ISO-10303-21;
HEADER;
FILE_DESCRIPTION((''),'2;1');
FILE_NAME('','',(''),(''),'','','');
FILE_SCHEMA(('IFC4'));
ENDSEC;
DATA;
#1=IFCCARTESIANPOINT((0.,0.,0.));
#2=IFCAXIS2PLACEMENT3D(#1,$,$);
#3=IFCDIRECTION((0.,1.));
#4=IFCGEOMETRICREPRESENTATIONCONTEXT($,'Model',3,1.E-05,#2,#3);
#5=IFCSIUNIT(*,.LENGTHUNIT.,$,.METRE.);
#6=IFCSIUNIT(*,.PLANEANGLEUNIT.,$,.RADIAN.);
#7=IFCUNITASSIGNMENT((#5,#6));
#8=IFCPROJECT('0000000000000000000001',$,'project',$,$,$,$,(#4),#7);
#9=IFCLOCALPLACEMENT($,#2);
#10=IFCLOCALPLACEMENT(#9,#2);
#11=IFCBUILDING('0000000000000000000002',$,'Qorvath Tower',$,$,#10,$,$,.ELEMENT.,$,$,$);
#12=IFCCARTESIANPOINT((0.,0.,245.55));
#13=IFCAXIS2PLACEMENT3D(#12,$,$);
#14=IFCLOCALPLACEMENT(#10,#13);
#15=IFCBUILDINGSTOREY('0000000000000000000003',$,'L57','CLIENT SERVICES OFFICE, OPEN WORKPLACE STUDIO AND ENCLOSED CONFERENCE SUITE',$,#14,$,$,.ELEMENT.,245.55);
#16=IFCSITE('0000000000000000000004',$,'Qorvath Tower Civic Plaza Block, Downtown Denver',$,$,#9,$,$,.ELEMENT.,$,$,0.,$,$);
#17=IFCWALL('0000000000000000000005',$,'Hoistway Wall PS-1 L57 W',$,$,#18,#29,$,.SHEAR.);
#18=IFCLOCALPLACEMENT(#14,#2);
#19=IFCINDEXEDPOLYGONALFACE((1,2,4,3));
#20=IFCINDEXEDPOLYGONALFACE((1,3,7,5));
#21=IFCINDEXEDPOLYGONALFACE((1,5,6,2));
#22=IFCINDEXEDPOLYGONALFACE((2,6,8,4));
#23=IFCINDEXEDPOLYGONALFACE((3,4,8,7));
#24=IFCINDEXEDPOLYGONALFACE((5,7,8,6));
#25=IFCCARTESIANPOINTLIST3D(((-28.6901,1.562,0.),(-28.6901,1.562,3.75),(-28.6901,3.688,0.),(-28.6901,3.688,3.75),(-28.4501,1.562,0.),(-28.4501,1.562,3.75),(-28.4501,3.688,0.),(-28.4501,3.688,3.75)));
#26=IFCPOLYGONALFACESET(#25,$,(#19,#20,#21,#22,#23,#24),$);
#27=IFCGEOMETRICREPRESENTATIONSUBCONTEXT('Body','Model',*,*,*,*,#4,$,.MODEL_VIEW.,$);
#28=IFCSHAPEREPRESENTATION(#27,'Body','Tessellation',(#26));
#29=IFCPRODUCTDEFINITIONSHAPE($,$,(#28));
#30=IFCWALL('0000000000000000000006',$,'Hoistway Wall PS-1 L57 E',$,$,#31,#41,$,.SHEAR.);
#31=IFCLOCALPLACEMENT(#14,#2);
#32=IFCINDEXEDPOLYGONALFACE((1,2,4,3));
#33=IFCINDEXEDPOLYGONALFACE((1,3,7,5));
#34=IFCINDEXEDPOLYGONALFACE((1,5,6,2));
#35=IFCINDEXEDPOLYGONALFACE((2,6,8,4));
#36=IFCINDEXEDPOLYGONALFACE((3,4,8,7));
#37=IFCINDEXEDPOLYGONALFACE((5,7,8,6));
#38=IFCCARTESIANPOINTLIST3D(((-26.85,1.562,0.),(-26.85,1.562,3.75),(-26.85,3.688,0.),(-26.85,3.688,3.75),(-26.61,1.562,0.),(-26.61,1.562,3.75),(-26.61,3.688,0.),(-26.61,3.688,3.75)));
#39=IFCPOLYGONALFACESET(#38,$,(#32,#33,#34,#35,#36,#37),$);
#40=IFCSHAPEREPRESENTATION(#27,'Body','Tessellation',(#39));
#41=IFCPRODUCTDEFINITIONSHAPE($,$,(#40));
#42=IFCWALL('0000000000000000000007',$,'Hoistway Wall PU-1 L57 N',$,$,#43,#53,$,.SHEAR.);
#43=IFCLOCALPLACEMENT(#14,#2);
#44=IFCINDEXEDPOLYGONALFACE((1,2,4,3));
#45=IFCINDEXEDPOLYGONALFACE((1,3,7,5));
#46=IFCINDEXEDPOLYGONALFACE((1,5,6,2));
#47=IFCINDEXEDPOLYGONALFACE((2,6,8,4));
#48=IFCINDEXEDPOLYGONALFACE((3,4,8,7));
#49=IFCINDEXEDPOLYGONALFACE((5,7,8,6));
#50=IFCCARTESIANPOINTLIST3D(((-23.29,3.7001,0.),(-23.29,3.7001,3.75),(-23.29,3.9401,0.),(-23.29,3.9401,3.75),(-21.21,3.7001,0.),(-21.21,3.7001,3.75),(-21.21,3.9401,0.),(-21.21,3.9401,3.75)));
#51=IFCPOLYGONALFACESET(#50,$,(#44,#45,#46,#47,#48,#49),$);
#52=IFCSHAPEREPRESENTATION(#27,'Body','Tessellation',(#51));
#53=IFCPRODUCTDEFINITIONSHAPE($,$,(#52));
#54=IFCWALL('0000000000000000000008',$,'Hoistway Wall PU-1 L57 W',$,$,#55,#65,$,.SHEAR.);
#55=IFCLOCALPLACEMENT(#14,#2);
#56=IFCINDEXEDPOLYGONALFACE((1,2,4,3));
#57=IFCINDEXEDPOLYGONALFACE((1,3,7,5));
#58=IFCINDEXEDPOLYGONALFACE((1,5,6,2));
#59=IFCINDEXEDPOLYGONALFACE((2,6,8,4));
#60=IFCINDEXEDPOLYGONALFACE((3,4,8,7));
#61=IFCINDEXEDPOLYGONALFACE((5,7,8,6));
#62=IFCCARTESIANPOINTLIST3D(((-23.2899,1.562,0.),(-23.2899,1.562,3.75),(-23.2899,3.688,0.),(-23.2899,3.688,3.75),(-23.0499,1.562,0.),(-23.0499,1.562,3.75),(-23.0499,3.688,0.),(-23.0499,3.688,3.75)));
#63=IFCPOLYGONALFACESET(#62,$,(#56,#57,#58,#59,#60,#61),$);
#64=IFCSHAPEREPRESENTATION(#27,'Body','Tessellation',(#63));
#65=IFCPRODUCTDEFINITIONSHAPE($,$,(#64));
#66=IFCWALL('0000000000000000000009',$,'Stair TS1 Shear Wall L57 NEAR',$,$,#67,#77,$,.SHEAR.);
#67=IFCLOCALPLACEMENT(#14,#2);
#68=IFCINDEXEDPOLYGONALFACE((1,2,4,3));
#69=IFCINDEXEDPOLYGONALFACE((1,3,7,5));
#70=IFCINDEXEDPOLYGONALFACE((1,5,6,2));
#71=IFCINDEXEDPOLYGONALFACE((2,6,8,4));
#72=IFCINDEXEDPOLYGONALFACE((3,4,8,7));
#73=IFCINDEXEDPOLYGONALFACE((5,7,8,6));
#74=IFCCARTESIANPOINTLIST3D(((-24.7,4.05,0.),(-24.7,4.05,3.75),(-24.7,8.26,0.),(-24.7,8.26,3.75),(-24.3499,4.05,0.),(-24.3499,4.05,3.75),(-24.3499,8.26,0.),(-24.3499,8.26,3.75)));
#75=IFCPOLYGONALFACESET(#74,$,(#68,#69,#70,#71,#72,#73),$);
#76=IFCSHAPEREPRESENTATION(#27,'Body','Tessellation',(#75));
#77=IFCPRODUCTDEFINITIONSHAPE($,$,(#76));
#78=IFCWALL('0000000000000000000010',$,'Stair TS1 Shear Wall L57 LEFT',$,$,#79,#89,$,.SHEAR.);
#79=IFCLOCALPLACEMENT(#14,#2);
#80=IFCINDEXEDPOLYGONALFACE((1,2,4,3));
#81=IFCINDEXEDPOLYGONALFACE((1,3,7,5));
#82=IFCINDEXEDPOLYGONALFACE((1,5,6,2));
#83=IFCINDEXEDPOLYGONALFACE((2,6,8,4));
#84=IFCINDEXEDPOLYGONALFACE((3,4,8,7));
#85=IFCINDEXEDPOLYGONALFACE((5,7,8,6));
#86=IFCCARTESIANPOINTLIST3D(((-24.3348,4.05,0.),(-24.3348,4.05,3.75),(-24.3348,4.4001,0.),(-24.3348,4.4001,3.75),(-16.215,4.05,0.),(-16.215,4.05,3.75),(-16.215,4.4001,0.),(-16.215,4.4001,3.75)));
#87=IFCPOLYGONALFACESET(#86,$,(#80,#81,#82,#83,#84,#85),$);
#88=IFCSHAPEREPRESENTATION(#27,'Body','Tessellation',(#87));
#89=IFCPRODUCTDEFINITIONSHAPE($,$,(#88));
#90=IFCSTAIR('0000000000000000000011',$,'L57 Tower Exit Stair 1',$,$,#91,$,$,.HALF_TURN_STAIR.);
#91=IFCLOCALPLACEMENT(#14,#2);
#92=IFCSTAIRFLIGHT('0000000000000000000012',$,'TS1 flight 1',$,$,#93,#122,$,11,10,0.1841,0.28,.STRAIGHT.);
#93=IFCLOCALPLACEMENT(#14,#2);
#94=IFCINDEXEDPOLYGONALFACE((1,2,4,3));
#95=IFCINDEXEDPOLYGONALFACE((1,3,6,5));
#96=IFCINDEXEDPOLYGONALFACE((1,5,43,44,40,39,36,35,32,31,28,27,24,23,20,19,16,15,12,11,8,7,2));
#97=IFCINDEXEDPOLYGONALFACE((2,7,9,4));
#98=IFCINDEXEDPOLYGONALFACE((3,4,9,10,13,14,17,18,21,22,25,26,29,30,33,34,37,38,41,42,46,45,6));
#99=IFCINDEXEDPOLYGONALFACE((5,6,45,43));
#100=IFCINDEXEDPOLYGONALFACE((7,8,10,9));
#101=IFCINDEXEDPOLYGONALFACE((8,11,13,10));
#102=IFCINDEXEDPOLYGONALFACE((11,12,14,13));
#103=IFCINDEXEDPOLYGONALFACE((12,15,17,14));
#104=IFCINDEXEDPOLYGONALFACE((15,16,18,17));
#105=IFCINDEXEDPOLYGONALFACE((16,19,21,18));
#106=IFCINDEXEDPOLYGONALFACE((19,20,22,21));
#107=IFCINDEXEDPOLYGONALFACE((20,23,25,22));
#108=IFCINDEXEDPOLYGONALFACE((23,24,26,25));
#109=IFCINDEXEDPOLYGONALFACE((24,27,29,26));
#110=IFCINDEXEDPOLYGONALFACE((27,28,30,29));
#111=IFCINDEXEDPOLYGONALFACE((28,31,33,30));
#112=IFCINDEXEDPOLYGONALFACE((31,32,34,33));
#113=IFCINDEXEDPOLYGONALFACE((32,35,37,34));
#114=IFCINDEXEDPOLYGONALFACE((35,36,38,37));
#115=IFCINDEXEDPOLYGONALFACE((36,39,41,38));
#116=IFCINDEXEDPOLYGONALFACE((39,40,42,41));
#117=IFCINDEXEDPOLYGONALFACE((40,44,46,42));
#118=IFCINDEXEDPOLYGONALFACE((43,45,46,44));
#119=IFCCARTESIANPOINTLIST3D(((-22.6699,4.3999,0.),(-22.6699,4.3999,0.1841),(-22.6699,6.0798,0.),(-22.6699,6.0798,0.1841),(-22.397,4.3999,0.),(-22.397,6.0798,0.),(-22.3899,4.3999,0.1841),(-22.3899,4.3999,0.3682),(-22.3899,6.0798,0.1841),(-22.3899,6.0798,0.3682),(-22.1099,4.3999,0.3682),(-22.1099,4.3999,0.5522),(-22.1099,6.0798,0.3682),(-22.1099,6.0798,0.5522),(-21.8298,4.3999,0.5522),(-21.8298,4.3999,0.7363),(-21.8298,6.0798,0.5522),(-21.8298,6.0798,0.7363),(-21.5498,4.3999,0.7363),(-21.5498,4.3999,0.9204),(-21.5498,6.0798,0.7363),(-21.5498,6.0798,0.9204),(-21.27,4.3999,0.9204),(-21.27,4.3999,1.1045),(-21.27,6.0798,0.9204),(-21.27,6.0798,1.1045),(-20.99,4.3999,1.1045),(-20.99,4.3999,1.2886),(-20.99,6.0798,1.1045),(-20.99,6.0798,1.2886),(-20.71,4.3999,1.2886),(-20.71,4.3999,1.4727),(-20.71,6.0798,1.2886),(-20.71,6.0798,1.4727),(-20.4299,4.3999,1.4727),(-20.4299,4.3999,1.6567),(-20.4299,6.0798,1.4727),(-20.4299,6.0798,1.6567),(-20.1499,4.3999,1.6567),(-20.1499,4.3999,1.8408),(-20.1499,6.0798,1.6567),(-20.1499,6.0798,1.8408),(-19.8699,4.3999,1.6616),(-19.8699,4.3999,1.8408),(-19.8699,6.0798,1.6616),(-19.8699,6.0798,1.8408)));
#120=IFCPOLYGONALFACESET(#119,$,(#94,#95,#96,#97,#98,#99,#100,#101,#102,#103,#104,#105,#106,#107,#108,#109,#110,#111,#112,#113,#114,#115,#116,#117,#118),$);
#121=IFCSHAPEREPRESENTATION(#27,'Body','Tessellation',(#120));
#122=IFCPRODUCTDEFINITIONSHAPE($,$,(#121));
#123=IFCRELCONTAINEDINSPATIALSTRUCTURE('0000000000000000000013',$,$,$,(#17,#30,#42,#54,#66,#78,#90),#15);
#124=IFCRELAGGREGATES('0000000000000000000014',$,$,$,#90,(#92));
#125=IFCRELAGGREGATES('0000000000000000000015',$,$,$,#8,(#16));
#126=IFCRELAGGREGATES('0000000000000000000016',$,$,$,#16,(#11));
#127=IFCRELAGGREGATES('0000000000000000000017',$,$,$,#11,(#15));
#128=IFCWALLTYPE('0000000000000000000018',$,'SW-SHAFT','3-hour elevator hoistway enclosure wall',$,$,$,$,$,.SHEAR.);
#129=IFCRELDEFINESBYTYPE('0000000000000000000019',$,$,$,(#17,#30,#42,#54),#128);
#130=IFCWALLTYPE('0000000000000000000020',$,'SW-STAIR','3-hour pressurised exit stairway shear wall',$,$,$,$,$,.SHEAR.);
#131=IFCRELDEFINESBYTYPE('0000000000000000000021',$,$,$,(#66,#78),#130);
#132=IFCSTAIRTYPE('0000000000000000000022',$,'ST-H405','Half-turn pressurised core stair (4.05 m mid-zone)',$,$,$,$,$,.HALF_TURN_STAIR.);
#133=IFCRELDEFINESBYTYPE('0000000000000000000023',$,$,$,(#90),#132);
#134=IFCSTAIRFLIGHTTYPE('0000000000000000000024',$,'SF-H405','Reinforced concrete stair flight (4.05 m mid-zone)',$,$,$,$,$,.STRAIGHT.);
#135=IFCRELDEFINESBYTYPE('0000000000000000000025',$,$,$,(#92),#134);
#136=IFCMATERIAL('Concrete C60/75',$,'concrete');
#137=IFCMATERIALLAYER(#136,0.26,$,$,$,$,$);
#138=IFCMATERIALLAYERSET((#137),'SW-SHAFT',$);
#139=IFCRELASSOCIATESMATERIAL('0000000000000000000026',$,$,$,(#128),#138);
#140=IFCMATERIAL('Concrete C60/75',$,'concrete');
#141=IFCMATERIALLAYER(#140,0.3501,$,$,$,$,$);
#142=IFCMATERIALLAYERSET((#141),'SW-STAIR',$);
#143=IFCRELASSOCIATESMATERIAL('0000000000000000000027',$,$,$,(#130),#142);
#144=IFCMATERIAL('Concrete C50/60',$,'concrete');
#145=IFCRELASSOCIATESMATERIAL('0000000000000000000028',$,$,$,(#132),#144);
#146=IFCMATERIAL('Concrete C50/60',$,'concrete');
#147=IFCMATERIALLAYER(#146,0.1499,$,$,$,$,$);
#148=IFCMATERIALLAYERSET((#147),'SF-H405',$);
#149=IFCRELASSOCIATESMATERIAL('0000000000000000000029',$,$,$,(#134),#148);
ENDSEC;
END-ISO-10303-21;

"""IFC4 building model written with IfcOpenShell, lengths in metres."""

from ifc_helpers import new_model, si_unit, direction, frame, frame_2d, origin, place, context, subcontext, project, spatial, polyline, rectangle, outline, extrude, material, layer, layer_set, type_object, element, aggregate, save


model = new_model("IFC4")

# Units and contexts
model_context = context("Model", 3, precision=1e-05, world=origin(), true_north=direction((0.0, 1.0)))
body_context = subcontext(model_context, "Body", "Model", "MODEL_VIEW")
ifc_project = project(units=[si_unit("LENGTHUNIT", "METRE"), si_unit("PLANEANGLEUNIT", "RADIAN")], contexts=[model_context])

# Site, building, storey
site_placement = place(None, origin())
site = spatial("IfcSite", under=ifc_project, at=site_placement, Name="Qorvath Tower Civic Plaza Block, Downtown Denver", CompositionType="ELEMENT", RefElevation=0.0)
building_placement = place(site_placement, origin())
building = spatial("IfcBuilding", under=site, at=building_placement, Name="Qorvath Tower", CompositionType="ELEMENT")
storey_placement = place(building_placement, frame((0.0, 0.0, 245.55)))
storey = spatial("IfcBuildingStorey", under=building, at=storey_placement, Name="L57", Description="CLIENT SERVICES OFFICE, OPEN WORKPLACE STUDIO AND ENCLOSED CONFERENCE SUITE", CompositionType="ELEMENT", Elevation=245.55)

# Shared definitions
ifc_material_1 = material(Name="Concrete C60/75", Category="concrete")
ifc_layer_1 = layer(ifc_material_1, 0.26)
ifc_layer_set_1 = layer_set([ifc_layer_1], Name="SW-SHAFT")
wall_type_1 = type_object("IfcWallType", Name="SW-SHAFT", Description="3-hour elevator hoistway enclosure wall", PredefinedType="SHEAR", material=ifc_layer_set_1)

# Walls
for number, where, z_axis, x_axis, name in (
    (1, (-28.5701, 1.562, 0.0), (0.0, 0.0, 1.0), (0.0, 1.0, 0.0), "Hoistway Wall PS-1 L57 W"),
    (2, (-26.73, 3.688, 0.0), (0.0, 0.0, 1.0), (0.0, -1.0, 0.0), "Hoistway Wall PS-1 L57 E"),
):
    element("IfcWall", number, at=place(storey_placement, frame(where, z_axis=z_axis, x_axis=x_axis)), inside=storey, type_object=wall_type_1, Name=name, PredefinedType="SHEAR", context=body_context, shape_type="SweptSolid", body=[
        extrude(rectangle(XDim=2.126, YDim=0.24, at=frame_2d((1.063, 0.0))), origin(), (0.0, 0.0, 1.0), 3.75),
    ])
wall_1_placement = place(storey_placement, frame((-23.29, 3.8201, 0.0), z_axis=(0.0, 0.0, 1.0), x_axis=(1.0, 0.0, 0.0)))
element("IfcWall", 3, at=wall_1_placement, inside=storey, type_object=wall_type_1, Name="Hoistway Wall PU-1 L57 N", PredefinedType="SHEAR", context=body_context, shape_type="SweptSolid", body=[
    extrude(rectangle(XDim=2.0801, YDim=0.24, at=frame_2d((1.04, 0.0))), origin(), (0.0, 0.0, 1.0), 3.75),
])
wall_2_placement = place(storey_placement, frame((-23.1699, 1.562, 0.0), z_axis=(0.0, 0.0, 1.0), x_axis=(0.0, 1.0, 0.0)))
element("IfcWall", 4, at=wall_2_placement, inside=storey, type_object=wall_type_1, Name="Hoistway Wall PU-1 L57 W", PredefinedType="SHEAR", context=body_context, shape_type="SweptSolid", body=[
    extrude(rectangle(XDim=2.126, YDim=0.24, at=frame_2d((1.063, 0.0))), origin(), (0.0, 0.0, 1.0), 3.75),
])
ifc_material_2 = material(Name="Concrete C60/75", Category="concrete")
ifc_layer_2 = layer(ifc_material_2, 0.3501)
ifc_layer_set_2 = layer_set([ifc_layer_2], Name="SW-STAIR")
wall_type_2 = type_object("IfcWallType", Name="SW-STAIR", Description="3-hour pressurised exit stairway shear wall", PredefinedType="SHEAR", material=ifc_layer_set_2)
wall_3_placement = place(storey_placement, frame((-24.5249, 8.26, 0.0), z_axis=(0.0, 0.0, 1.0), x_axis=(0.0, -1.0, 0.0)))
element("IfcWall", 5, at=wall_3_placement, inside=storey, type_object=wall_type_2, Name="Stair TS1 Shear Wall L57 NEAR", PredefinedType="SHEAR", context=body_context, shape_type="SweptSolid", body=[
    extrude(rectangle(XDim=4.21, YDim=0.3501, at=frame_2d((2.105, 0.0))), origin(), (0.0, 0.0, 1.0), 3.75),
])
wall_4_placement = place(storey_placement, frame((-24.335, 4.2251, 0.0), z_axis=(0.0, 0.0, 1.0), x_axis=(1.0, 0.0, 0.0)))
element("IfcWall", 6, at=wall_4_placement, inside=storey, type_object=wall_type_2, Name="Stair TS1 Shear Wall L57 LEFT", PredefinedType="SHEAR", context=body_context, shape_type="SweptSolid", body=[
    extrude(rectangle(XDim=8.1199, YDim=0.3501, at=frame_2d((4.0601, 0.0))), origin(), (0.0, 0.0, 1.0), 3.75),
])

# Stair, stair flight
ifc_material_3 = material(Name="Concrete C50/60", Category="concrete")
stair_type = type_object("IfcStairType", Name="ST-H405", Description="Half-turn pressurised core stair (4.05 m mid-zone)", PredefinedType="HALF_TURN_STAIR", material=ifc_material_3)
stair_placement = place(storey_placement, origin())
stair = element("IfcStair", 7, at=stair_placement, inside=storey, type_object=stair_type, Name="L57 Tower Exit Stair 1", PredefinedType="HALF_TURN_STAIR")
ifc_material_4 = material(Name="Concrete C50/60", Category="concrete")
ifc_layer_3 = layer(ifc_material_4, 0.1499)
ifc_layer_set_3 = layer_set([ifc_layer_3], Name="SF-H405")
stair_flight_type = type_object("IfcStairFlightType", Name="SF-H405", Description="Reinforced concrete stair flight (4.05 m mid-zone)", PredefinedType="STRAIGHT", material=ifc_layer_set_3)
stair_flight_placement = place(storey_placement, frame((-22.6699, 5.24, 0.0), z_axis=(0.0, 0.0, 1.0), x_axis=(1.0, 0.0, 0.0)))
stair_flight = element("IfcStairFlight", 8, at=stair_flight_placement, type_object=stair_flight_type, Name="TS1 flight 1", NumberOfRisers=11, NumberOfTreads=10, PredefinedType="STRAIGHT", RiserHeight=0.1841, TreadLength=0.28, context=body_context, shape_type="SweptSolid", body=[
    extrude(outline(polyline([(0.0, 0.0), (0.0, 0.1841), (0.28, 0.1841), (0.28, 0.3682), (0.5601, 0.3682), (0.5601, 0.5522), (0.8401, 0.5522), (0.8401, 0.7363), (1.1201, 0.7363), (1.1201, 0.9204), (1.3999, 0.9204), (1.3999, 1.1045), (1.6799, 1.1045), (1.6799, 1.2886), (1.96, 1.2886), (1.96, 1.4727), (2.24, 1.4727), (2.24, 1.6567), (2.52, 1.6567), (2.52, 1.8408), (2.8, 1.8408), (2.8, 2.0249), (2.8, 1.6616), (0.2729, 0.0), (0.0, 0.0)])), frame((0.0, 0.8398, 0.0), z_axis=(0.0, -1.0, 0.0), x_axis=(1.0, 0.0, 0.0)), (0.0, 0.0, 1.0), 1.6799),
])
aggregate(stair, [stair_flight])

save(model, "model.ifc")
